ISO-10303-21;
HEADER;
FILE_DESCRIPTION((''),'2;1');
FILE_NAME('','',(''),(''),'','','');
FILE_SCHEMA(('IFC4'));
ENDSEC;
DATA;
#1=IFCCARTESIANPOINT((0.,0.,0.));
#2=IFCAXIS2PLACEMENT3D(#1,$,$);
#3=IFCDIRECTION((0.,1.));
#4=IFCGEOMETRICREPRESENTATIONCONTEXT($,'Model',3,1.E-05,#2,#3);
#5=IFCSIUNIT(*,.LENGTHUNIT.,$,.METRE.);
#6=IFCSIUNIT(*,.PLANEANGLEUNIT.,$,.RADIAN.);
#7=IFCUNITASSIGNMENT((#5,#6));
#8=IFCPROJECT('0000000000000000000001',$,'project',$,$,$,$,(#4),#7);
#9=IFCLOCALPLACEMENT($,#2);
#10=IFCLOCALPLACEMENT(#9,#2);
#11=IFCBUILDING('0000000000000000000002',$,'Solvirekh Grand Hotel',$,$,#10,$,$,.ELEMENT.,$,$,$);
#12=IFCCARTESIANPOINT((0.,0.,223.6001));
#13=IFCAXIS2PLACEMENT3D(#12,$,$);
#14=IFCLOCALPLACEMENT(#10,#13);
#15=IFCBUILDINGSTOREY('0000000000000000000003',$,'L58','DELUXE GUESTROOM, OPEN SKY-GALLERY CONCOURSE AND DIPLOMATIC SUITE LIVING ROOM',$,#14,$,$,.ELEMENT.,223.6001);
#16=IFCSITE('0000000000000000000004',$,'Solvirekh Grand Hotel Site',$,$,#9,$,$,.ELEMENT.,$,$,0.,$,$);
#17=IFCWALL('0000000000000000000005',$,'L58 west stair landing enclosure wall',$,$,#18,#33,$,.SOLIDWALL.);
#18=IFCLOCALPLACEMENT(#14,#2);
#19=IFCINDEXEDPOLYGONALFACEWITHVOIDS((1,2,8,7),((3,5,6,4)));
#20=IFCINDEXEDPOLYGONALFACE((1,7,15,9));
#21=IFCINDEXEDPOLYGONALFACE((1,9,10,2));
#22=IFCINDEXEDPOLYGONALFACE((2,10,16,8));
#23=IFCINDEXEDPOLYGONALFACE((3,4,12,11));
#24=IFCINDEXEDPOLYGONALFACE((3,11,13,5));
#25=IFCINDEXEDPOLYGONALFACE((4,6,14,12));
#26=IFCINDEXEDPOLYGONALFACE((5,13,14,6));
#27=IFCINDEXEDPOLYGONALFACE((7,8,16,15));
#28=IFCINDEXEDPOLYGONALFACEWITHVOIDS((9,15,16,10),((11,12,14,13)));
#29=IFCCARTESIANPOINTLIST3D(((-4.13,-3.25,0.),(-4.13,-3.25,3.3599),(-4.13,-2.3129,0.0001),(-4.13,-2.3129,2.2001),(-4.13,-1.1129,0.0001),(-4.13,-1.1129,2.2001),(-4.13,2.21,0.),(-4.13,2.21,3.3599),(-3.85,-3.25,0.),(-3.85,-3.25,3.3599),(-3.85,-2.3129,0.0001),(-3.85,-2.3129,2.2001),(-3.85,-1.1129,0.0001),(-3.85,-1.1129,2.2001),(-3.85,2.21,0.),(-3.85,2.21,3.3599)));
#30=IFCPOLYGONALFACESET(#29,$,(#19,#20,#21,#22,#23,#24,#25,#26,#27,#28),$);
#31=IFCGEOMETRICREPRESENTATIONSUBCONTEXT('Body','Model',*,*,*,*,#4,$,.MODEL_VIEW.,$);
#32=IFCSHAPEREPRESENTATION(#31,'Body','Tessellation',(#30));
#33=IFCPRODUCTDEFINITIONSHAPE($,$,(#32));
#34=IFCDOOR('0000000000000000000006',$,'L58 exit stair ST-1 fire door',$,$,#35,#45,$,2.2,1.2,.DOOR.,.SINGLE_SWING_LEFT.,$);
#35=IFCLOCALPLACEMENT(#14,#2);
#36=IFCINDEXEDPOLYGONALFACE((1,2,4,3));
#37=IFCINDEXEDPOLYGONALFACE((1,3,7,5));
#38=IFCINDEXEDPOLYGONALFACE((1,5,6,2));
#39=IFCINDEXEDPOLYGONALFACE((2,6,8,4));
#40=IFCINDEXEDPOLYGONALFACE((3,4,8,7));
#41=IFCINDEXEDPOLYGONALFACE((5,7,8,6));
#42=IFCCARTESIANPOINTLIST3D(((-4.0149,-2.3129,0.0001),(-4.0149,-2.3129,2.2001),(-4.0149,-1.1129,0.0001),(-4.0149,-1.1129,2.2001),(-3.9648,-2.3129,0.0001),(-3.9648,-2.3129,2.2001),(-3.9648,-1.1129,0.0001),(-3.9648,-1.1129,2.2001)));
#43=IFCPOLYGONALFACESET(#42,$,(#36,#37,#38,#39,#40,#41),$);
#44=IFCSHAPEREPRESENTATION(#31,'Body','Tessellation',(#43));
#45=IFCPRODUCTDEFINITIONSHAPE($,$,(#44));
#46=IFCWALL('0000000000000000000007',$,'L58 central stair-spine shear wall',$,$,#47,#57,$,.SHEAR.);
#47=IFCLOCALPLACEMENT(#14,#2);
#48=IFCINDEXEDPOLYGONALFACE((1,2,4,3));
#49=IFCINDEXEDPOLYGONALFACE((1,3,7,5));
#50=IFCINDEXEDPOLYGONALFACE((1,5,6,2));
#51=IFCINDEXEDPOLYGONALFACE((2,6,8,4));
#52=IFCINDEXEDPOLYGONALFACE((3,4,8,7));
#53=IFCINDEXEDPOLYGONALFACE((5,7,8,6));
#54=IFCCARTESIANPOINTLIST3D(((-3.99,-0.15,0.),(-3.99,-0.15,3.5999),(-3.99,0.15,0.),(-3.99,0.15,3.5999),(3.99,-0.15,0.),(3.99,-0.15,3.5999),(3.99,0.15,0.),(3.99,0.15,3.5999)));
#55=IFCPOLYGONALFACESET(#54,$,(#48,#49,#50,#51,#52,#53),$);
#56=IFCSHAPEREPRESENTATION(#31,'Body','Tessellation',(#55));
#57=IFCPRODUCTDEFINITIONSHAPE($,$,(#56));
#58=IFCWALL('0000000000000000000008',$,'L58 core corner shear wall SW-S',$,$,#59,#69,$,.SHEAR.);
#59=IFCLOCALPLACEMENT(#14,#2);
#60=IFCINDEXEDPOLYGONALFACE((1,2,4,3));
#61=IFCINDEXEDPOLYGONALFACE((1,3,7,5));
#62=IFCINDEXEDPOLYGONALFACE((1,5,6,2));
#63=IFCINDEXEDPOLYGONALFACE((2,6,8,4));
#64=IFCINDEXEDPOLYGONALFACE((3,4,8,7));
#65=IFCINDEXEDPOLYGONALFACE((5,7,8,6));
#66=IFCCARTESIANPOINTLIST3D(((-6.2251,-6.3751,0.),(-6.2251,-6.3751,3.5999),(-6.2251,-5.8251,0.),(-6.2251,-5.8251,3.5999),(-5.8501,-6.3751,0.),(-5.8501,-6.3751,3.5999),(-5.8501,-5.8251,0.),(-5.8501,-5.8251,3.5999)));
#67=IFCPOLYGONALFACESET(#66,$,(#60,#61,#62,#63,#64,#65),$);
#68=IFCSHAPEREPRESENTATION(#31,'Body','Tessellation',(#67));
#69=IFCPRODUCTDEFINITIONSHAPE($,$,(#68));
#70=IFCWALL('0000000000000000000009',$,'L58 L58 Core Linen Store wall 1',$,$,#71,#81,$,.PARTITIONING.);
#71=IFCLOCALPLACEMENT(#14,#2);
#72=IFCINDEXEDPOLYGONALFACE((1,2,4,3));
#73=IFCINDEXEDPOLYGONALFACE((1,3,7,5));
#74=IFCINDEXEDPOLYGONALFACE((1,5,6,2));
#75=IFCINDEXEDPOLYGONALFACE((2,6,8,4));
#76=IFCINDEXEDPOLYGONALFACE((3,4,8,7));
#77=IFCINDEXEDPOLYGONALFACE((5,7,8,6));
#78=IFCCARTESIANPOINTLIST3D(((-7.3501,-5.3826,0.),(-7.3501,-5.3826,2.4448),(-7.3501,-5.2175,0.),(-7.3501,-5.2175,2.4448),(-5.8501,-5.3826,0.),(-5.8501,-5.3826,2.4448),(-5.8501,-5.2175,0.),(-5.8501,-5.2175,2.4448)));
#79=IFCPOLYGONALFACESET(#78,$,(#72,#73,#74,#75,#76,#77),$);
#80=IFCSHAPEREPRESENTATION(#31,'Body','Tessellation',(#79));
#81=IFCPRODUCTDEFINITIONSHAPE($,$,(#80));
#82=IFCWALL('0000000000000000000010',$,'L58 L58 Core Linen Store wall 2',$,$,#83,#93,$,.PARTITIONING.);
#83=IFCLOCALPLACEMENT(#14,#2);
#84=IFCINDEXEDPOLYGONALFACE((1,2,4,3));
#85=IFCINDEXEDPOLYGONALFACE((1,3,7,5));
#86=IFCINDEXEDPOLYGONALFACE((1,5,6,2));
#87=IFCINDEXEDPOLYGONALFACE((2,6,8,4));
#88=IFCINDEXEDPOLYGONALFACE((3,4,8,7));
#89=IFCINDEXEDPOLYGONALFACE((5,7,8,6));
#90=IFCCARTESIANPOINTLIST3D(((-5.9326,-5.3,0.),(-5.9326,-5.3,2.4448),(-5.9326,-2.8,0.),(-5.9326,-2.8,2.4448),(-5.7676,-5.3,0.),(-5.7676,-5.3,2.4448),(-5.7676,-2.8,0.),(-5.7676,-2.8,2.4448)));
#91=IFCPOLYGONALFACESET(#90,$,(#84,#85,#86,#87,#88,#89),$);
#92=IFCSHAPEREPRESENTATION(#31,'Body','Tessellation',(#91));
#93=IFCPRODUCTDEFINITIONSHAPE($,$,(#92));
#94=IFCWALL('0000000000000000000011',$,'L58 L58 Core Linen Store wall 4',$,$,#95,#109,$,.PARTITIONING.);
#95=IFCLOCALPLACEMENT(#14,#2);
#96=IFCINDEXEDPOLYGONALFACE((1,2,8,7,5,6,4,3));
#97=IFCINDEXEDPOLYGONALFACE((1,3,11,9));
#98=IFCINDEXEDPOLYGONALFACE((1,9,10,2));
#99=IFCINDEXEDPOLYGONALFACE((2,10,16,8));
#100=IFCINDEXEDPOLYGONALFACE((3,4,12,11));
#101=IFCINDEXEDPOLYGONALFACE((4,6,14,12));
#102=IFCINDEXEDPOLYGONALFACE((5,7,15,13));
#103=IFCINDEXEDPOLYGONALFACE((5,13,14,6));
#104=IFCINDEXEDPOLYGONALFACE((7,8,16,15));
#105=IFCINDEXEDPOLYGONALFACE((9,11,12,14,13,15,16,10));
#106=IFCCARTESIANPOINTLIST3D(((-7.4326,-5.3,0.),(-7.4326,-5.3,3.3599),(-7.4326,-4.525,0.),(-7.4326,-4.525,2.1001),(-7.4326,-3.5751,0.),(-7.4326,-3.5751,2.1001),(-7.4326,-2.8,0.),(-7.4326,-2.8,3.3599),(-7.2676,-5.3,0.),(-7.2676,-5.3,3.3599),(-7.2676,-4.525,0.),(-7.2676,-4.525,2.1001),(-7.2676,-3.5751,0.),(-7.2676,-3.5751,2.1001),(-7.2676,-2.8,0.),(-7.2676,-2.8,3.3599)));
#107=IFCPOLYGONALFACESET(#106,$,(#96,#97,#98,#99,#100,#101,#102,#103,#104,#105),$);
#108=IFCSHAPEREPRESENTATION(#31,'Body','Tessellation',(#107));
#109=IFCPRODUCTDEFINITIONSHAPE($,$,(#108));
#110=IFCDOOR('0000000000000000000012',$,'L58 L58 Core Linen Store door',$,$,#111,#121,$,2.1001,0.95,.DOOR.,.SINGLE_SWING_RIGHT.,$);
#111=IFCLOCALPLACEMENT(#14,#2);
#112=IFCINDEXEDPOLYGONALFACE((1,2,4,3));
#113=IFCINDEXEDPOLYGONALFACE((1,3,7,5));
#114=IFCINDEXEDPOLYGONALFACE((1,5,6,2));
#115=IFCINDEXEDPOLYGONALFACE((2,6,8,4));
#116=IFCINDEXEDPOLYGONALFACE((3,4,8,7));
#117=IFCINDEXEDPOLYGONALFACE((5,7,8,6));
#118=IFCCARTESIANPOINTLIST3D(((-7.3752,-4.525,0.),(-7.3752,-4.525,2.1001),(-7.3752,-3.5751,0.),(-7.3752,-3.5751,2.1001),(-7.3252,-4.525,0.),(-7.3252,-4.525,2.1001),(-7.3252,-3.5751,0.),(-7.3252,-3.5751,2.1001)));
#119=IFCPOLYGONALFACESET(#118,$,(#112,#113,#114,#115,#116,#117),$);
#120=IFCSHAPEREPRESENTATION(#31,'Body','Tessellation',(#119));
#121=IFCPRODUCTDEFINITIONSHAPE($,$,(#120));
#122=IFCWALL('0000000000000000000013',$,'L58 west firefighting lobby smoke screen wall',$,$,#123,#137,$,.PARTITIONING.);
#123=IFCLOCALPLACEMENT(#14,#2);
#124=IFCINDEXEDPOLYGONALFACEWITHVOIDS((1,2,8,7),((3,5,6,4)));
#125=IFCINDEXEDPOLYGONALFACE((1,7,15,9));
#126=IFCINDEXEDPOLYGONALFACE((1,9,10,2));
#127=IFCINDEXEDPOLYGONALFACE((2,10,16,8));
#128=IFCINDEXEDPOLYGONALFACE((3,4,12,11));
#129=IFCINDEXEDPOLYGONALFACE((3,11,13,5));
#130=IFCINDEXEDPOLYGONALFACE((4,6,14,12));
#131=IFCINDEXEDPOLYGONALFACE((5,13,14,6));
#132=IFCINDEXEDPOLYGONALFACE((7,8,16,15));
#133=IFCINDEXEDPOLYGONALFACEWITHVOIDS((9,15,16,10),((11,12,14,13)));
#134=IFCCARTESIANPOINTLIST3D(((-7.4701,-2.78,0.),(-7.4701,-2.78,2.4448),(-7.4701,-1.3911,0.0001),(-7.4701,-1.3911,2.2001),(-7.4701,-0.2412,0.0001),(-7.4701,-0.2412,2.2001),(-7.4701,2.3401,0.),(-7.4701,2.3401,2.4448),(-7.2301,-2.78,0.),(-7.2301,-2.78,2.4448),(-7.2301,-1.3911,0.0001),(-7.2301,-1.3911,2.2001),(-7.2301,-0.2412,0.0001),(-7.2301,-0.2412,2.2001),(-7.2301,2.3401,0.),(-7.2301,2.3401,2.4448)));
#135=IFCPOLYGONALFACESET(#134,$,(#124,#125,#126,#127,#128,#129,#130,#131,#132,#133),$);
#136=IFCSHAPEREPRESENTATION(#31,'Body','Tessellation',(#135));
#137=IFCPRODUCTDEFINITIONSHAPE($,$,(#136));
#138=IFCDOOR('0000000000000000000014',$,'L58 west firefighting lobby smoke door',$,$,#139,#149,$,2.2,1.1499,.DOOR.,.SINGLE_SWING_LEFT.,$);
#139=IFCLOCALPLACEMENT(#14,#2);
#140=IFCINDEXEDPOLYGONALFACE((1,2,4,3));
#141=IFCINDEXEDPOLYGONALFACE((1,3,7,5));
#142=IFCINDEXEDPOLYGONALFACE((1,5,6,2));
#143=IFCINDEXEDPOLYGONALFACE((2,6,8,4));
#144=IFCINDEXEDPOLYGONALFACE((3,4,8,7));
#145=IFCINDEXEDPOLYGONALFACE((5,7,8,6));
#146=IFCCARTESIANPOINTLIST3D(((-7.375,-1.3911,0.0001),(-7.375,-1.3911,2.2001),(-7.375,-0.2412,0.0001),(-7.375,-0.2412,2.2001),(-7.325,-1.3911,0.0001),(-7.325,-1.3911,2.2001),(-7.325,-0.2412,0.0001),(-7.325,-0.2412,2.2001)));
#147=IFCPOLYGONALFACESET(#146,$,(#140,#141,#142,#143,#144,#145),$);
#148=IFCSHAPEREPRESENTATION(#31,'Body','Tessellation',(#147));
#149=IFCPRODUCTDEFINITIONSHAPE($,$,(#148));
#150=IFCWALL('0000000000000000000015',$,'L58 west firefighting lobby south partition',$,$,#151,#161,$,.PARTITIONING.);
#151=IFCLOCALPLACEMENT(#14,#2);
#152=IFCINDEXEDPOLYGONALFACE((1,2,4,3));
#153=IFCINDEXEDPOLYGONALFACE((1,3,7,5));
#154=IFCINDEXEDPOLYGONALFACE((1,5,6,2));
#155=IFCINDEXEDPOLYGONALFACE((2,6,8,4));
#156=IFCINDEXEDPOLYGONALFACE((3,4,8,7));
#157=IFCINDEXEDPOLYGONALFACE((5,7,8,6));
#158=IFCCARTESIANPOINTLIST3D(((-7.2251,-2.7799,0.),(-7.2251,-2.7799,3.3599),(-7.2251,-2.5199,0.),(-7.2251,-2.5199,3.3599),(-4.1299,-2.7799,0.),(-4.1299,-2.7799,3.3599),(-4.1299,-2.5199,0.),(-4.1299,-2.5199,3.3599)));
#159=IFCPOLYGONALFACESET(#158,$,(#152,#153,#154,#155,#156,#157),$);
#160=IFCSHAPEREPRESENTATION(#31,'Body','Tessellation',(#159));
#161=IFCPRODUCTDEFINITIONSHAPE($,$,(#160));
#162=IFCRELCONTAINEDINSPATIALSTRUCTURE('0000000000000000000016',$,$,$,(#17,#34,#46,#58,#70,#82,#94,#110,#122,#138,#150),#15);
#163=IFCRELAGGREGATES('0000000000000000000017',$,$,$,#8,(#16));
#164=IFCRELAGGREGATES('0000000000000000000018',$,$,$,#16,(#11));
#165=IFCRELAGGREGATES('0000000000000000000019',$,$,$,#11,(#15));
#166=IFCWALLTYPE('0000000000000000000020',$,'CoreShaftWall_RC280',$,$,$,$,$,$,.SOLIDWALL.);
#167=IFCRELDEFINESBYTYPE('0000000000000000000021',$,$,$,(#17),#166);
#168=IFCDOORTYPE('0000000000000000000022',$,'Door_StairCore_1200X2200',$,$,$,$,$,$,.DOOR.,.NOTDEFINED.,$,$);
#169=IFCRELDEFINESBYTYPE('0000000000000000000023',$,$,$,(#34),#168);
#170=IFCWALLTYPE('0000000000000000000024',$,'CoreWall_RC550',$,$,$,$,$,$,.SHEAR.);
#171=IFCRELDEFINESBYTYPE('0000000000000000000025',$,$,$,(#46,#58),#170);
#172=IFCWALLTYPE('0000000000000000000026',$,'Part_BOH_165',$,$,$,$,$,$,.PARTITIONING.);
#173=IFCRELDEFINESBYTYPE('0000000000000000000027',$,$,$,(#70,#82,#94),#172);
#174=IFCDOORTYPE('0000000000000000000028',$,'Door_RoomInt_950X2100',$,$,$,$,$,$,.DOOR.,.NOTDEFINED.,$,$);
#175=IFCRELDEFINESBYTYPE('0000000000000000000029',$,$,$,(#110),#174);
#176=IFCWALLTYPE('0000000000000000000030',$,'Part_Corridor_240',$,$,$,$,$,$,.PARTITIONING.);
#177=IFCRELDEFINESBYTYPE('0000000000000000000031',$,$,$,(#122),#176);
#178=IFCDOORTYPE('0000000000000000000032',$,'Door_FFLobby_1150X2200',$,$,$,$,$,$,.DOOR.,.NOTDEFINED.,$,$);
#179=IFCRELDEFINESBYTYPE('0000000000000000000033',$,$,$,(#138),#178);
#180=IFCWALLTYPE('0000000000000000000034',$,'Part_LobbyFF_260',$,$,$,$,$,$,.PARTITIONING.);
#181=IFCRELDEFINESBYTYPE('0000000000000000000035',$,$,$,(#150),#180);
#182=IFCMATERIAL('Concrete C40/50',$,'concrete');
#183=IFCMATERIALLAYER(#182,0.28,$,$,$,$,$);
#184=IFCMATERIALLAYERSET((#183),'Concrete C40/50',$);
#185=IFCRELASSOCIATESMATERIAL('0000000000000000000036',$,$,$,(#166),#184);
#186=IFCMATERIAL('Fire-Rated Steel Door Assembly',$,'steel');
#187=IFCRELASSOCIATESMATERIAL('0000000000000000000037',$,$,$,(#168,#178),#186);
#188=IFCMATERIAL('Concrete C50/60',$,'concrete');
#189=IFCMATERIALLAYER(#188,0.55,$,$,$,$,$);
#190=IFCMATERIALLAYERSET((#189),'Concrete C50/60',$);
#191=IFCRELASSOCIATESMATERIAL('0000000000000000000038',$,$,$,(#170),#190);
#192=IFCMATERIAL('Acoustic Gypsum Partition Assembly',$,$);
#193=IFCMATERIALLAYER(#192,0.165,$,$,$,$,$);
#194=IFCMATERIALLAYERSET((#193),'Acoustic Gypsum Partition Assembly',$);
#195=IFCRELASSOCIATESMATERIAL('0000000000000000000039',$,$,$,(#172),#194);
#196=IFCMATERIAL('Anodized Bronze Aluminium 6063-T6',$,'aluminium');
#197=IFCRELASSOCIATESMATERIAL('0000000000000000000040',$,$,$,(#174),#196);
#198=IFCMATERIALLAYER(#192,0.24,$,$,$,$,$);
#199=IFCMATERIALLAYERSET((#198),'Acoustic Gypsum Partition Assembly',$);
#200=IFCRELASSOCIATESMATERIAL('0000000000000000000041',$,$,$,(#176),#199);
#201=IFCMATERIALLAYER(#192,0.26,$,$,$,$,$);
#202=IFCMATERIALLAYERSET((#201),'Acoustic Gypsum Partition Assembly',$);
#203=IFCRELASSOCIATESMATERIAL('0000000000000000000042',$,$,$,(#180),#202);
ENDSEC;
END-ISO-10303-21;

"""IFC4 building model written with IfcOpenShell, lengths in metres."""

from ifc_helpers import new_model, si_unit, direction, frame, frame_2d, origin, place, context, subcontext, project, spatial, rectangle, extrude, material, layer, layer_set, type_object, element, fill, save


model = new_model("IFC4")

# Units and contexts
model_context = context("Model", 3, precision=1e-05, world=origin(), true_north=direction((0.0, 1.0)))
body_context = subcontext(model_context, "Body", "Model", "MODEL_VIEW")
ifc_project = project(units=[si_unit("LENGTHUNIT", "METRE"), si_unit("PLANEANGLEUNIT", "RADIAN")], contexts=[model_context])

# Site, building, storey
site_placement = place(None, origin())
site = spatial("IfcSite", under=ifc_project, at=site_placement, Name="Solvirekh Grand Hotel Site", CompositionType="ELEMENT", RefElevation=0.0)
building_placement = place(site_placement, origin())
building = spatial("IfcBuilding", under=site, at=building_placement, Name="Solvirekh Grand Hotel", CompositionType="ELEMENT")
storey_placement = place(building_placement, frame((0.0, 0.0, 223.6001)))
storey = spatial("IfcBuildingStorey", under=building, at=storey_placement, Name="L58", Description="DELUXE GUESTROOM, OPEN SKY-GALLERY CONCOURSE AND DIPLOMATIC SUITE LIVING ROOM", CompositionType="ELEMENT", Elevation=223.6001)

# Shared definitions
ifc_material_1 = material(Name="Concrete C50/60", Category="concrete")

# Shared definitions
ifc_material_2 = material(Name="Anodized Bronze Aluminium 6063-T6", Category="aluminium")

# Shared definitions
ifc_material_3 = material(Name="Concrete C40/50", Category="concrete")

# Wall, opening, door
ifc_layer_1 = layer(ifc_material_3, 0.28)
ifc_layer_set_1 = layer_set([ifc_layer_1], Name="Concrete C40/50")
wall_type_1 = type_object("IfcWallType", Name="CoreShaftWall_RC280", PredefinedType="SOLIDWALL", material=ifc_layer_set_1)
wall_1_placement = place(storey_placement, frame((-3.99, -3.25, 0.0), z_axis=(0.0, 0.0, 1.0), x_axis=(0.0, 1.0, 0.0)))
wall_1 = element("IfcWall", 1, at=wall_1_placement, inside=storey, type_object=wall_type_1, Name="L58 west stair landing enclosure wall", PredefinedType="SOLIDWALL", context=body_context, shape_type="SweptSolid", body=[
    extrude(rectangle(XDim=5.46, YDim=0.28, at=frame_2d((2.73, 0.0))), origin(), (0.0, 0.0, 1.0), 3.3599),
])
opening_1_placement = place(wall_1_placement, frame((0.937, 0.0, 0.0)))
opening_1 = element("IfcOpeningElement", 2, at=opening_1_placement, cuts=wall_1, PredefinedType="OPENING", context=body_context, shape_type="SweptSolid", body=[
    extrude(rectangle(XDim=1.2, YDim=2.2, at=frame_2d((0.6001, 1.1001))), frame((0.0, 0.1499, 0.0), z_axis=(0.0, -1.0, 0.0), x_axis=(1.0, 0.0, 0.0)), (0.0, 0.0, 1.0), 0.3),
])
ifc_material_4 = material(Name="Fire-Rated Steel Door Assembly", Category="steel")
door_type_1 = type_object("IfcDoorType", Name="Door_StairCore_1200X2200", OperationType="NOTDEFINED", PredefinedType="DOOR", material=ifc_material_4)
door_1_placement = place(opening_1_placement, origin())
door_1 = element("IfcDoor", 3, at=door_1_placement, inside=storey, type_object=door_type_1, Name="L58 exit stair ST-1 fire door", OperationType="SINGLE_SWING_LEFT", OverallHeight=2.2, OverallWidth=1.2, PredefinedType="DOOR", context=body_context, shape_type="SweptSolid", body=[
    extrude(rectangle(XDim=1.2, YDim=2.2, at=frame_2d((0.6001, 1.1001))), frame((0.0, 0.0249, 0.0), z_axis=(0.0, -1.0, 0.0), x_axis=(1.0, 0.0, 0.0)), (0.0, 0.0, 1.0), 0.05),
])
fill(opening_1, door_1)

# Walls
ifc_layer_2 = layer(ifc_material_1, 0.55)
ifc_layer_set_2 = layer_set([ifc_layer_2], Name="Concrete C50/60")
wall_type_2 = type_object("IfcWallType", Name="CoreWall_RC550", PredefinedType="SHEAR", material=ifc_layer_set_2)
wall_2_placement = place(storey_placement, frame((-3.99, 0.0, 0.0), z_axis=(0.0, 0.0, 1.0), x_axis=(1.0, 0.0, 0.0)))
element("IfcWall", 4, at=wall_2_placement, inside=storey, type_object=wall_type_2, Name="L58 central stair-spine shear wall", PredefinedType="SHEAR", context=body_context, shape_type="SweptSolid", body=[
    extrude(rectangle(XDim=7.98, YDim=0.3, at=frame_2d((3.99, 0.0))), origin(), (0.0, 0.0, 1.0), 3.5999),
])
wall_3_placement = place(storey_placement, frame((-6.2251, -6.1001, 0.0), z_axis=(0.0, 0.0, 1.0), x_axis=(1.0, 0.0, 0.0)))
element("IfcWall", 5, at=wall_3_placement, inside=storey, type_object=wall_type_2, Name="L58 core corner shear wall SW-S", PredefinedType="SHEAR", context=body_context, shape_type="SweptSolid", body=[
    extrude(rectangle(XDim=0.375, YDim=0.55, at=frame_2d((0.1875, 0.0))), origin(), (0.0, 0.0, 1.0), 3.5999),
])
ifc_material_5 = material(Name="Acoustic Gypsum Partition Assembly")
ifc_layer_3 = layer(ifc_material_5, 0.165)
ifc_layer_set_3 = layer_set([ifc_layer_3], Name="Acoustic Gypsum Partition Assembly")
wall_type_3 = type_object("IfcWallType", Name="Part_BOH_165", PredefinedType="PARTITIONING", material=ifc_layer_set_3)
wall_4_placement = place(storey_placement, frame((-7.3501, -5.3, 0.0), z_axis=(0.0, 0.0, 1.0), x_axis=(1.0, 0.0, 0.0)))
element("IfcWall", 6, at=wall_4_placement, inside=storey, type_object=wall_type_3, Name="L58 L58 Core Linen Store wall 1", PredefinedType="PARTITIONING", context=body_context, shape_type="SweptSolid", body=[
    extrude(rectangle(XDim=1.5, YDim=0.165, at=frame_2d((0.75, 0.0))), origin(), (0.0, 0.0, 1.0), 2.4448),
])
wall_5_placement = place(storey_placement, frame((-5.8501, -5.3, 0.0), z_axis=(0.0, 0.0, 1.0), x_axis=(0.0, 1.0, 0.0)))
element("IfcWall", 7, at=wall_5_placement, inside=storey, type_object=wall_type_3, Name="L58 L58 Core Linen Store wall 2", PredefinedType="PARTITIONING", context=body_context, shape_type="SweptSolid", body=[
    extrude(rectangle(XDim=2.5, YDim=0.165, at=frame_2d((1.25, 0.0))), origin(), (0.0, 0.0, 1.0), 2.4448),
])

# Walls, openings, doors
wall_6_placement = place(storey_placement, frame((-7.3501, -2.8, 0.0), z_axis=(0.0, 0.0, 1.0), x_axis=(0.0, -1.0, 0.0)))
wall_6 = element("IfcWall", 8, at=wall_6_placement, inside=storey, type_object=wall_type_3, Name="L58 L58 Core Linen Store wall 4", PredefinedType="PARTITIONING", context=body_context, shape_type="SweptSolid", body=[
    extrude(rectangle(XDim=2.5, YDim=0.165, at=frame_2d((1.25, 0.0))), origin(), (0.0, 0.0, 1.0), 3.3599),
])
opening_2_placement = place(wall_6_placement, frame((0.7749, 0.0, 0.0)))
opening_2 = element("IfcOpeningElement", 9, at=opening_2_placement, cuts=wall_6, PredefinedType="OPENING", context=body_context, shape_type="SweptSolid", body=[
    extrude(rectangle(XDim=0.95, YDim=2.1001, at=frame_2d((0.4751, 1.05))), frame((0.0, 0.0925, 0.0), z_axis=(0.0, -1.0, 0.0), x_axis=(1.0, 0.0, 0.0)), (0.0, 0.0, 1.0), 0.1851),
])
door_type_2 = type_object("IfcDoorType", Name="Door_RoomInt_950X2100", OperationType="NOTDEFINED", PredefinedType="DOOR", material=ifc_material_2)
door_2_placement = place(opening_2_placement, origin())
door_2 = element("IfcDoor", 10, at=door_2_placement, inside=storey, type_object=door_type_2, Name="L58 L58 Core Linen Store door", OperationType="SINGLE_SWING_RIGHT", OverallHeight=2.1001, OverallWidth=0.95, PredefinedType="DOOR", context=body_context, shape_type="SweptSolid", body=[
    extrude(rectangle(XDim=0.95, YDim=2.1001, at=frame_2d((0.4751, 1.05))), frame((0.0, 0.0249, 0.0), z_axis=(0.0, -1.0, 0.0), x_axis=(1.0, 0.0, 0.0)), (0.0, 0.0, 1.0), 0.05),
])
fill(opening_2, door_2)
ifc_layer_4 = layer(ifc_material_5, 0.24)
ifc_layer_set_4 = layer_set([ifc_layer_4], Name="Acoustic Gypsum Partition Assembly")
wall_type_4 = type_object("IfcWallType", Name="Part_Corridor_240", PredefinedType="PARTITIONING", material=ifc_layer_set_4)
wall_7_placement = place(storey_placement, frame((-7.3501, -2.78, 0.0), z_axis=(0.0, 0.0, 1.0), x_axis=(0.0, 1.0, 0.0)))
wall_7 = element("IfcWall", 11, at=wall_7_placement, inside=storey, type_object=wall_type_4, Name="L58 west firefighting lobby smoke screen wall", PredefinedType="PARTITIONING", context=body_context, shape_type="SweptSolid", body=[
    extrude(rectangle(XDim=5.1201, YDim=0.24, at=frame_2d((2.5601, 0.0))), origin(), (0.0, 0.0, 1.0), 2.4448),
])
opening_3_placement = place(wall_7_placement, frame((1.3889, 0.0, 0.0)))
opening_3 = element("IfcOpeningElement", 12, at=opening_3_placement, cuts=wall_7, PredefinedType="OPENING", context=body_context, shape_type="SweptSolid", body=[
    extrude(rectangle(XDim=1.1499, YDim=2.2, at=frame_2d((0.575, 1.1001))), frame((0.0, 0.1299, 0.0), z_axis=(0.0, -1.0, 0.0), x_axis=(1.0, 0.0, 0.0)), (0.0, 0.0, 1.0), 0.26),
])
door_type_3 = type_object("IfcDoorType", Name="Door_FFLobby_1150X2200", OperationType="NOTDEFINED", PredefinedType="DOOR", material=ifc_material_4)
door_3_placement = place(opening_3_placement, origin())
door_3 = element("IfcDoor", 13, at=door_3_placement, inside=storey, type_object=door_type_3, Name="L58 west firefighting lobby smoke door", OperationType="SINGLE_SWING_LEFT", OverallHeight=2.2, OverallWidth=1.1499, PredefinedType="DOOR", context=body_context, shape_type="SweptSolid", body=[
    extrude(rectangle(XDim=1.1499, YDim=2.2, at=frame_2d((0.575, 1.1001))), frame((0.0, 0.0249, 0.0), z_axis=(0.0, -1.0, 0.0), x_axis=(1.0, 0.0, 0.0)), (0.0, 0.0, 1.0), 0.05),
])
fill(opening_3, door_3)

# Wall
ifc_layer_5 = layer(ifc_material_5, 0.26)
ifc_layer_set_5 = layer_set([ifc_layer_5], Name="Acoustic Gypsum Partition Assembly")
wall_type_5 = type_object("IfcWallType", Name="Part_LobbyFF_260", PredefinedType="PARTITIONING", material=ifc_layer_set_5)
wall_8_placement = place(storey_placement, frame((-7.2251, -2.6499, 0.0), z_axis=(0.0, 0.0, 1.0), x_axis=(1.0, 0.0, 0.0)))
element("IfcWall", 14, at=wall_8_placement, inside=storey, type_object=wall_type_5, Name="L58 west firefighting lobby south partition", PredefinedType="PARTITIONING", context=body_context, shape_type="SweptSolid", body=[
    extrude(rectangle(XDim=3.0952, YDim=0.26, at=frame_2d((1.5476, 0.0))), origin(), (0.0, 0.0, 1.0), 3.3599),
])

save(model, "model.ifc")
